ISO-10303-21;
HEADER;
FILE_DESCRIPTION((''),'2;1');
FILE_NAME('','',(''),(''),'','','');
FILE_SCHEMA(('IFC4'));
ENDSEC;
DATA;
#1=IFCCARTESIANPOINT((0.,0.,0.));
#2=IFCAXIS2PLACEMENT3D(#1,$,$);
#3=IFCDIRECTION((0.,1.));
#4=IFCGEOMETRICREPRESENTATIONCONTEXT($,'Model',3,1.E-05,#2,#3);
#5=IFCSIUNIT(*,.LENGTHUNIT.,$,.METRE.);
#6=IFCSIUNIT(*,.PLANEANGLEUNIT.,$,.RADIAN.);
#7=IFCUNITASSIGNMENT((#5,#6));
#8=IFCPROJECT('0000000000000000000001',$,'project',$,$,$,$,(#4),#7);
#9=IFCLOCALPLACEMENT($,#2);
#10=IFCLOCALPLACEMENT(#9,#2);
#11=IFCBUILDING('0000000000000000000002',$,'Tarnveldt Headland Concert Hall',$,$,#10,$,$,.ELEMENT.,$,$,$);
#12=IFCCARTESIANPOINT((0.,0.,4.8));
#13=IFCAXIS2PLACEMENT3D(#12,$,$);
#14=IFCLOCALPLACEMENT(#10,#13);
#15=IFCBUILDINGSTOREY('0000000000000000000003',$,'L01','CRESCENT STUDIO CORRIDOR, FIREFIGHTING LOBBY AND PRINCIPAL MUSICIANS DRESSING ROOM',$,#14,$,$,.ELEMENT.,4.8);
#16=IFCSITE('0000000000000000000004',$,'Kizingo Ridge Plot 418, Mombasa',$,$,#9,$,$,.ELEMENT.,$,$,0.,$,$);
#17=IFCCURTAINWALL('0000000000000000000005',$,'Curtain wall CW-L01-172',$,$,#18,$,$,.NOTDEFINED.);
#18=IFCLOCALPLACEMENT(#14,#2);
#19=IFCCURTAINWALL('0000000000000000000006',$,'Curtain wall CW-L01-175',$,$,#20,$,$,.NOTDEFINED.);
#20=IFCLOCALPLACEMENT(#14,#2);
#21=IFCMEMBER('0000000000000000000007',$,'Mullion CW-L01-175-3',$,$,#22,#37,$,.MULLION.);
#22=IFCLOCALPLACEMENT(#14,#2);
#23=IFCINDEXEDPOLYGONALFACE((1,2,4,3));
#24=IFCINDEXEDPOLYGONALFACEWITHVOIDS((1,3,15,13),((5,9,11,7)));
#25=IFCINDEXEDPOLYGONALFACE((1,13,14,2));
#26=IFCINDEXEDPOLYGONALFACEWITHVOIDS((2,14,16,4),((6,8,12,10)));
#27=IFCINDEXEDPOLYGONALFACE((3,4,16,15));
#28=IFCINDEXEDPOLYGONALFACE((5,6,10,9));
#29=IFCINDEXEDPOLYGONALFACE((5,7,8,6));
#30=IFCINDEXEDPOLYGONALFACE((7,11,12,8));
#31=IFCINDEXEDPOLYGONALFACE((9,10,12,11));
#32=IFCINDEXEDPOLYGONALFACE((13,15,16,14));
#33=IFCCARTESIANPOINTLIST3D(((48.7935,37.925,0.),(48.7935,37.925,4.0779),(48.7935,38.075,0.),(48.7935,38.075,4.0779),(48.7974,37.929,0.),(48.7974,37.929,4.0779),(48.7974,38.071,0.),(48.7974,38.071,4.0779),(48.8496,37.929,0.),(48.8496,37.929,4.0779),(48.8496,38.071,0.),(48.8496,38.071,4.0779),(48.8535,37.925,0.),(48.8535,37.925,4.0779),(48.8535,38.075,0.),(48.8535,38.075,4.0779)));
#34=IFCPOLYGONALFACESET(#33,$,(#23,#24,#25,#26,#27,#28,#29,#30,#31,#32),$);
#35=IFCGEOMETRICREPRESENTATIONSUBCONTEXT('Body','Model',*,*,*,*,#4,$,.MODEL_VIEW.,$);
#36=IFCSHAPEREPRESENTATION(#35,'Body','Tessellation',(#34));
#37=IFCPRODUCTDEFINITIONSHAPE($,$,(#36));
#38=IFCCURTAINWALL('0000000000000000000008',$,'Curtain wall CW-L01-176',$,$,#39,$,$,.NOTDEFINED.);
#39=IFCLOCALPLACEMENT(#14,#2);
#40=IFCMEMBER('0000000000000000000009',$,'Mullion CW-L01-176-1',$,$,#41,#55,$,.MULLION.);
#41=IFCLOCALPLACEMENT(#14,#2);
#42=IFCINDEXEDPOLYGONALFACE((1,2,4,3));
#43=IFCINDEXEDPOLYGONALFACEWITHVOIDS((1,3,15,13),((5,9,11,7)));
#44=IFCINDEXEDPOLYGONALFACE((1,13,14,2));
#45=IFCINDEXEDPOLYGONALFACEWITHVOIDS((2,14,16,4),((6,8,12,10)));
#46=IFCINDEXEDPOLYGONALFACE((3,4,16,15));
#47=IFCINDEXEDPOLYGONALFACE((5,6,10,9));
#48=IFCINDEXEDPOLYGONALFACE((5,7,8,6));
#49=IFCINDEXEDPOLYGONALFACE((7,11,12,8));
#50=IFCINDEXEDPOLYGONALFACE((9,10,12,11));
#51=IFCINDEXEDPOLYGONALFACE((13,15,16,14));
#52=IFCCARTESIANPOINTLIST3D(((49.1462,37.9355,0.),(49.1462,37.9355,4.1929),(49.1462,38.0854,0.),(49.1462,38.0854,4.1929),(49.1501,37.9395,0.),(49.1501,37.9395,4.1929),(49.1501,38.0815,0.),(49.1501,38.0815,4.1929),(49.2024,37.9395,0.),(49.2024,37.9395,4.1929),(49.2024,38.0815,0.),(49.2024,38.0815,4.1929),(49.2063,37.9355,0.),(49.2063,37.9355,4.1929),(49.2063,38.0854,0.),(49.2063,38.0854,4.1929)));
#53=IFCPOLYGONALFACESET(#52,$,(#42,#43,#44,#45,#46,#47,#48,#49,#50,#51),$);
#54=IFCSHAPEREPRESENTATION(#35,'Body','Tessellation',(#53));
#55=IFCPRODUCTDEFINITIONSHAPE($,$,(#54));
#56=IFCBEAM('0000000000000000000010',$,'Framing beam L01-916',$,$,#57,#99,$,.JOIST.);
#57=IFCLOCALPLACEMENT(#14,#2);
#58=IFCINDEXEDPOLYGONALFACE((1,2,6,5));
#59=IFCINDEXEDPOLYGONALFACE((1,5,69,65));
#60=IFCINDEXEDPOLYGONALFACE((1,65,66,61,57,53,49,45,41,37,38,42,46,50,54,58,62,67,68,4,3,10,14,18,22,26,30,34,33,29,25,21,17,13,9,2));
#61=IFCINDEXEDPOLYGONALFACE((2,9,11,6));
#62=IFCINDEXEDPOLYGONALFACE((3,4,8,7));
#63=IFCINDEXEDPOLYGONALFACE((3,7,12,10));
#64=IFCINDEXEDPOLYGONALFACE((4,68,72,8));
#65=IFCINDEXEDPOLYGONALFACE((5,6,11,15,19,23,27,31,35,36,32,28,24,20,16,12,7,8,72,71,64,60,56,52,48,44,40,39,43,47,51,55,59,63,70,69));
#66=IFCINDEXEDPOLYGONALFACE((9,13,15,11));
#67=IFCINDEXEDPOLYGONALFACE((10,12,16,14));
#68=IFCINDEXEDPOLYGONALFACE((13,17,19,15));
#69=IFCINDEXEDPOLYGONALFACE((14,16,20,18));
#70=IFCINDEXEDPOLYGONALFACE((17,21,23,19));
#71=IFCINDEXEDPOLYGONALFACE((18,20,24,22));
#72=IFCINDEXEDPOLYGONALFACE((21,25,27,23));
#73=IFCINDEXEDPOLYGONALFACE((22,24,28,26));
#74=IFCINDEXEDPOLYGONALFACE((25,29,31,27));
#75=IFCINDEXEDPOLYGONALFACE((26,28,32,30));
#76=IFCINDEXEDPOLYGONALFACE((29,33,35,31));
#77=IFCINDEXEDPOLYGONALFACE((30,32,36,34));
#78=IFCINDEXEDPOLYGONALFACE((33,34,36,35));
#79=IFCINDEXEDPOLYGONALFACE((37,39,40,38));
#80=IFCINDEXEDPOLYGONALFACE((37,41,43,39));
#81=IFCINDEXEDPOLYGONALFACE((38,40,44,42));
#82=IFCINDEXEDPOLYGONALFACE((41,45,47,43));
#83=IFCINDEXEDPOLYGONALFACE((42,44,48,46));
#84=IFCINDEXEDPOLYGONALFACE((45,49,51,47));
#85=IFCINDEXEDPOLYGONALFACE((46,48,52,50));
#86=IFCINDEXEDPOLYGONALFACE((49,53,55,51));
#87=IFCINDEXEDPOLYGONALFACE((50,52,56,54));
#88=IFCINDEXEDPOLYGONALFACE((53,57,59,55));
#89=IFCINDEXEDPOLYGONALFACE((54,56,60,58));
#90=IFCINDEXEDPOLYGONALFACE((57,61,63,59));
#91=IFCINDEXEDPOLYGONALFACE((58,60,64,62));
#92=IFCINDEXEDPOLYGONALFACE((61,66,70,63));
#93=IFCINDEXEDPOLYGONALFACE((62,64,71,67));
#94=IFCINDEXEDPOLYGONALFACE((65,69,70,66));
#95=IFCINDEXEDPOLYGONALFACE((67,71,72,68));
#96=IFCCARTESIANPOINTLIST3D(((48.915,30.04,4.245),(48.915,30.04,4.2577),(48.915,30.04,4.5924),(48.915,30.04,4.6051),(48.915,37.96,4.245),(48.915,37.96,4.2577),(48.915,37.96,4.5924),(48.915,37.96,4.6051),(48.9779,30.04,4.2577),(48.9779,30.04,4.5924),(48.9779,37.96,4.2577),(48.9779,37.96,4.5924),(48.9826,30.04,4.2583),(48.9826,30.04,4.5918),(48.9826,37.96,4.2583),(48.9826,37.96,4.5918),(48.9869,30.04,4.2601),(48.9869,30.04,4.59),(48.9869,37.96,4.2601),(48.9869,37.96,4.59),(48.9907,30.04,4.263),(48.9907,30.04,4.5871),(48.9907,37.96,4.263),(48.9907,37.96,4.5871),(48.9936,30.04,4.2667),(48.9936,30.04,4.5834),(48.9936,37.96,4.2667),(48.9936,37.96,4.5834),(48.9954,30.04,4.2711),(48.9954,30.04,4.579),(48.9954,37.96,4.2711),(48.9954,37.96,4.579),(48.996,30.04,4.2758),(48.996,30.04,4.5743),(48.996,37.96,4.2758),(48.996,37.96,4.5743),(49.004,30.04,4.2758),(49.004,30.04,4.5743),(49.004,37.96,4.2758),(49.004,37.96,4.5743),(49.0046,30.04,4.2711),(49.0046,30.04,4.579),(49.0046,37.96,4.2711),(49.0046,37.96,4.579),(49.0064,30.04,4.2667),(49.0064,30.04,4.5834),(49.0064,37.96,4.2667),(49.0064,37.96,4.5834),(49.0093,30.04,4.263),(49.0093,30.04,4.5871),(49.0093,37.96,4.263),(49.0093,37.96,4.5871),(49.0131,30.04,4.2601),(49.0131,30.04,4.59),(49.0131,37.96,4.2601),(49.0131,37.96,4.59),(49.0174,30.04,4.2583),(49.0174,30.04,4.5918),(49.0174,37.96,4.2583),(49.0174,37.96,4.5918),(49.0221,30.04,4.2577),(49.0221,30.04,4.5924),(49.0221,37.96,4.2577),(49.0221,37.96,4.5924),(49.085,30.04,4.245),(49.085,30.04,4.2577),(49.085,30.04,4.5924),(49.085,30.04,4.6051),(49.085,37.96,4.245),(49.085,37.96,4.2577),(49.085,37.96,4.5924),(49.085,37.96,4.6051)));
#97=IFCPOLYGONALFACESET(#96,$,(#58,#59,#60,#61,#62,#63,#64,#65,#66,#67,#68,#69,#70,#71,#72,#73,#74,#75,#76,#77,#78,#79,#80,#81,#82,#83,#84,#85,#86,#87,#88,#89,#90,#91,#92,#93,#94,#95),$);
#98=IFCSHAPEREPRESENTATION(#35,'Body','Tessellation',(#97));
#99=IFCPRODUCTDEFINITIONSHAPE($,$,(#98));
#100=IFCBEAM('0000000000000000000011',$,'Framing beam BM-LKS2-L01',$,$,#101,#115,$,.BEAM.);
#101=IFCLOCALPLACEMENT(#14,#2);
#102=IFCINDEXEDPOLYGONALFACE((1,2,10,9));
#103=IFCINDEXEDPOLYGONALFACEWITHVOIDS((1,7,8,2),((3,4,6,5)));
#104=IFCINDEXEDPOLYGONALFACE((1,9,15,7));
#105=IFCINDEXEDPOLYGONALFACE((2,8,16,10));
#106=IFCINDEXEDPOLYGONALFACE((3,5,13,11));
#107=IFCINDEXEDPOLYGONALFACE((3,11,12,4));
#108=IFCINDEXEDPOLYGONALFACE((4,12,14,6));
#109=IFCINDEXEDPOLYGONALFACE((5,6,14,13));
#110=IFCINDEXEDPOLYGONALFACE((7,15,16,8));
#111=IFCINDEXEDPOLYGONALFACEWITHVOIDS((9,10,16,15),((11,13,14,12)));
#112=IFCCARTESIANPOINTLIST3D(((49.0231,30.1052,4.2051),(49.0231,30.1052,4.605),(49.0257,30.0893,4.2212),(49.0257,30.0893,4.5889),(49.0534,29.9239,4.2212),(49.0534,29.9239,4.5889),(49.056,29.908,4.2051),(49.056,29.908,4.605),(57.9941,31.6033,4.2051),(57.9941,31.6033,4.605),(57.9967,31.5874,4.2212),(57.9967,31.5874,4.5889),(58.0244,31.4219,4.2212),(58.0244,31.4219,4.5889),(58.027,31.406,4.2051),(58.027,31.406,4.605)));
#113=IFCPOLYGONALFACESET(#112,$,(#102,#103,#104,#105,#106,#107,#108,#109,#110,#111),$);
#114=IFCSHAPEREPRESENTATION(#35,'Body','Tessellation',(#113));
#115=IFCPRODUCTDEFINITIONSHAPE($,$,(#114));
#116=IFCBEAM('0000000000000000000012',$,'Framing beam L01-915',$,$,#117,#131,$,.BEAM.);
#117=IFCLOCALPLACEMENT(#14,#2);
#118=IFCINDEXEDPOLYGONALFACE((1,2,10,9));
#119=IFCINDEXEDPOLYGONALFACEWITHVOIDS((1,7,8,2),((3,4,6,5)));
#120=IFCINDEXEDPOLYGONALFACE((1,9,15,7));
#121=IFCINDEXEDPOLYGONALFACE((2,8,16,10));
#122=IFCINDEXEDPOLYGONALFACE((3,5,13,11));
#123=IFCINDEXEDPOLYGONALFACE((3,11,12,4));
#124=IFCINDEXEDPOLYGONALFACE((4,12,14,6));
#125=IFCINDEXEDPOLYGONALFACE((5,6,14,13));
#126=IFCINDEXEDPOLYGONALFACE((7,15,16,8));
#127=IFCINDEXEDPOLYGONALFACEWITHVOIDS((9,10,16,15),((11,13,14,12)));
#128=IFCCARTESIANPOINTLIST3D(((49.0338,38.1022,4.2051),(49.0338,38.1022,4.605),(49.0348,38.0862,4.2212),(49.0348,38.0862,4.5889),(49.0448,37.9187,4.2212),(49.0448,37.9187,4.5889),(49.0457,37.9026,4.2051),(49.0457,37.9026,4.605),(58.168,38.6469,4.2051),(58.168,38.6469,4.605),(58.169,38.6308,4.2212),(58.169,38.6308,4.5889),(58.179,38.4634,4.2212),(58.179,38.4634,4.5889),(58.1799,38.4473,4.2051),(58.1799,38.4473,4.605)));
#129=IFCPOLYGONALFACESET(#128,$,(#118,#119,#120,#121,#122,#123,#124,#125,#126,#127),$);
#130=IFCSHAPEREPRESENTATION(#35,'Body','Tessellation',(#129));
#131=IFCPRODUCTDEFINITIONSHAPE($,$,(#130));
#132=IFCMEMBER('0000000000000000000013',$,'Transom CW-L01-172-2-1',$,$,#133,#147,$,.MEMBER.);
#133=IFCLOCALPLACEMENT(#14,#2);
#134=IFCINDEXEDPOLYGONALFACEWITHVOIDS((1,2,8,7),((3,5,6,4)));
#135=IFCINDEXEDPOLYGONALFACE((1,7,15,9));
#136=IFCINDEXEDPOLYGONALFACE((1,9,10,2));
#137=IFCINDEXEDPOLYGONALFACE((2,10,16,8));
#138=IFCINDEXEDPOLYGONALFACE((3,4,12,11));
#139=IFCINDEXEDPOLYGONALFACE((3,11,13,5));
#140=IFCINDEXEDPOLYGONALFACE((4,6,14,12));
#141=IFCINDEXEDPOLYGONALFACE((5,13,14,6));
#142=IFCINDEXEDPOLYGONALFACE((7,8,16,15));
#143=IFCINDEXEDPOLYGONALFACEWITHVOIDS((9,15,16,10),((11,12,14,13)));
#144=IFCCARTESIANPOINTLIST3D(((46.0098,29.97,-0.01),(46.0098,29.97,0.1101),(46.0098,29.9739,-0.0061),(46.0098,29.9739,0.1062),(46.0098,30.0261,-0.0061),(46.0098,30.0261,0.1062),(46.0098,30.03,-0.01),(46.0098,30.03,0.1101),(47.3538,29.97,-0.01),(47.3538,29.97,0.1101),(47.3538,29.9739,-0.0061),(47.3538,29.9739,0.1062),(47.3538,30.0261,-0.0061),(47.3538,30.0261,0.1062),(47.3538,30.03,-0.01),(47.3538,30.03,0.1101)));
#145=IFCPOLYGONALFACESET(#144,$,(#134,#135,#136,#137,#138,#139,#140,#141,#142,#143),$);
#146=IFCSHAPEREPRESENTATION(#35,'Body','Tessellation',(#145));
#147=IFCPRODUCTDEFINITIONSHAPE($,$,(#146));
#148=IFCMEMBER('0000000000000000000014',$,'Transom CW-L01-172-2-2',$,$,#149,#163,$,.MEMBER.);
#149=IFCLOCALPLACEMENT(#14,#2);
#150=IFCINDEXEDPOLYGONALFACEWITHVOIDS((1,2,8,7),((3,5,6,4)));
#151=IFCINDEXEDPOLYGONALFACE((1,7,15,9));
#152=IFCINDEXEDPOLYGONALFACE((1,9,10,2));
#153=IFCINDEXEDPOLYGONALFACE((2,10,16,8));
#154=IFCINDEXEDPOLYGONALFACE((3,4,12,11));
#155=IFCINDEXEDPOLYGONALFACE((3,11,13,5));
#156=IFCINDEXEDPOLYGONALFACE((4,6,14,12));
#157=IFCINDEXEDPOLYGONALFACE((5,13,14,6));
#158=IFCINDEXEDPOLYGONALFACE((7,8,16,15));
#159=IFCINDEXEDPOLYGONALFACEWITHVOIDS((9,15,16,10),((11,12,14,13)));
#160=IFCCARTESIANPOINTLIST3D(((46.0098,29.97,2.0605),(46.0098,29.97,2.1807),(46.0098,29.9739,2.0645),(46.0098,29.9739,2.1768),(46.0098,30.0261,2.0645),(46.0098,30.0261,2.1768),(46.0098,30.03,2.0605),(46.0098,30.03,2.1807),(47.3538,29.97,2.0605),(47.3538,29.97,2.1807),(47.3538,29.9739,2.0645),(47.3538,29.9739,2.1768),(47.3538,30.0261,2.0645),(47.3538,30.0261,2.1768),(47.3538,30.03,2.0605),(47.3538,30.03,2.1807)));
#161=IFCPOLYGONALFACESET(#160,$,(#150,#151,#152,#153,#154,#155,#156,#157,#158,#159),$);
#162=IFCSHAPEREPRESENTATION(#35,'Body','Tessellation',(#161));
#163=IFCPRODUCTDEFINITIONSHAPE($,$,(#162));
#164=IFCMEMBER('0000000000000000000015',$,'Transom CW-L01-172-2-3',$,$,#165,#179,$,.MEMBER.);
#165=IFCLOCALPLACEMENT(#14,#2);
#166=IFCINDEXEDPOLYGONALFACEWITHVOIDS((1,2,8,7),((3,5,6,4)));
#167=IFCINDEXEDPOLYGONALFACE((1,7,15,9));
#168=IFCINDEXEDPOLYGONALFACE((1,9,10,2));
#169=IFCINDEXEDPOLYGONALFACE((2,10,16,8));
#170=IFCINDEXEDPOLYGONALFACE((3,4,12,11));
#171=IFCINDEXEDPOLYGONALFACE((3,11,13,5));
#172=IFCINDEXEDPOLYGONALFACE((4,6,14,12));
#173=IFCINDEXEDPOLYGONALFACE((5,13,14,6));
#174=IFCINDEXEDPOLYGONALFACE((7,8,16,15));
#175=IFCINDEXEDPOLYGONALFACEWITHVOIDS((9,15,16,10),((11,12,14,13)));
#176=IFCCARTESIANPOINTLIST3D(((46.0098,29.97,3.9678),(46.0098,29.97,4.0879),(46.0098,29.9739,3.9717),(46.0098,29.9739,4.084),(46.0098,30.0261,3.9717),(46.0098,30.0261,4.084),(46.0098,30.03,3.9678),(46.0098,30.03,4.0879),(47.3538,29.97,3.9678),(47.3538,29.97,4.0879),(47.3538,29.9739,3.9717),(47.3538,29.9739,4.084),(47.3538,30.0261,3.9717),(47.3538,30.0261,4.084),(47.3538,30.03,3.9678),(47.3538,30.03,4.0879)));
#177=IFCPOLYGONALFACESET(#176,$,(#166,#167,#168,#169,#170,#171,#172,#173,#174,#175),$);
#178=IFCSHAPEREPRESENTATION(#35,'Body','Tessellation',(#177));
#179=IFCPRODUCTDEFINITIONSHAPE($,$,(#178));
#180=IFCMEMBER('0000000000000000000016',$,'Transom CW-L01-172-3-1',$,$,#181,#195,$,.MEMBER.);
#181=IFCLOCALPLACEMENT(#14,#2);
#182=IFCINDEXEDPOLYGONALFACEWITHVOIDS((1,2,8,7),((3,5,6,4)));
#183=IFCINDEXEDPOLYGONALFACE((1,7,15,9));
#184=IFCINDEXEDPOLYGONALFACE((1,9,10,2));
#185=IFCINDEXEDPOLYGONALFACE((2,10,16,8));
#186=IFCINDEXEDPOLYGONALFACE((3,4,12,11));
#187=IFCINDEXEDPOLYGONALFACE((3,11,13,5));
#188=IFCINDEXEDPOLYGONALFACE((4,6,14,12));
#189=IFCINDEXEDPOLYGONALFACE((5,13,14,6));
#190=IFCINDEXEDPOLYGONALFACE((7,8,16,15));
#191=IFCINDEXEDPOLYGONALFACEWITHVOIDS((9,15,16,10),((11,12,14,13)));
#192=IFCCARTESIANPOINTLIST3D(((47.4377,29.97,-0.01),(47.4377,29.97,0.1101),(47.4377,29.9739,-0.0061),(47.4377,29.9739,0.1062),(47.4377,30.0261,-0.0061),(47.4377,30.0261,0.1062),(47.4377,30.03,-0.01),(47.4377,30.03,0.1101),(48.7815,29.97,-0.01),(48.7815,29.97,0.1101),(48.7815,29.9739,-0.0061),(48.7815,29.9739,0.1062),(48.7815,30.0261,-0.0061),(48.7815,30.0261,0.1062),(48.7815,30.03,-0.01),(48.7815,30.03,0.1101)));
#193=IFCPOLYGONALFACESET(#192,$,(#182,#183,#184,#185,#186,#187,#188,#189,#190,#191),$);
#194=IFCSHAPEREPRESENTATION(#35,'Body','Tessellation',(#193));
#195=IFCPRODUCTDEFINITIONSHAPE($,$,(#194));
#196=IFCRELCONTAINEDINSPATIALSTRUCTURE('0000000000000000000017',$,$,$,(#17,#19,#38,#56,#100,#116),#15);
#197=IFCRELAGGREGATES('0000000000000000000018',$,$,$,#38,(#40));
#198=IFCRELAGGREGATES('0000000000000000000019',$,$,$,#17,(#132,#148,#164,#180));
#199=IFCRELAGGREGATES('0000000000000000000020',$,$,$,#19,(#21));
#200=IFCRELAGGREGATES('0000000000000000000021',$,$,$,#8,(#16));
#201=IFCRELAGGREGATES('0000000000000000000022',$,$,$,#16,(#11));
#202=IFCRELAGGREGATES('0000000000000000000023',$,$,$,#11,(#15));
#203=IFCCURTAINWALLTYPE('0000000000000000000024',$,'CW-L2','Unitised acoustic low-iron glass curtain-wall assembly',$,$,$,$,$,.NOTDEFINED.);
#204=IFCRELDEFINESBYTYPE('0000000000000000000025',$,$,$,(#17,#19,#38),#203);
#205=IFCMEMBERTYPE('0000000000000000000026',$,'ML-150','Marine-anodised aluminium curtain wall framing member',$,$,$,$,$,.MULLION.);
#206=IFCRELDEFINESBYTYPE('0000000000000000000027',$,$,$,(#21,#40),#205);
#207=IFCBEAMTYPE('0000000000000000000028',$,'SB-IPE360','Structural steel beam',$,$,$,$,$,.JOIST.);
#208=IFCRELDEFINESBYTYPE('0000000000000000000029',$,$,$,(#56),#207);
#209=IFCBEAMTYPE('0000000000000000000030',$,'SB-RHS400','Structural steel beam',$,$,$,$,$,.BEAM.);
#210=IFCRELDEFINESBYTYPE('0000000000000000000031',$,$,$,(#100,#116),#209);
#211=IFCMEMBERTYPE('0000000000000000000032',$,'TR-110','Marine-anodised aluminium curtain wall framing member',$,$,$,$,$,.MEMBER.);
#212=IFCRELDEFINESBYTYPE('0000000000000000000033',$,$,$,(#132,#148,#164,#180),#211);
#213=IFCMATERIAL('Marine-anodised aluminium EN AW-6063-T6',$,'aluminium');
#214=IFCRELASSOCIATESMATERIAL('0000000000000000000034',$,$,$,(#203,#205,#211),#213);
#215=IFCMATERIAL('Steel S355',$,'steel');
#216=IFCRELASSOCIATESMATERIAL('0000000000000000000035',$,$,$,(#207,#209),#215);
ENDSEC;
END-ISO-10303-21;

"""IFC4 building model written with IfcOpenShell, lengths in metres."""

from ifc_helpers import new_model, si_unit, direction, frame, origin, origin_2d, place, context, subcontext, project, spatial, hollow_rectangle, i_section, extrude, material, material_profile, profile_set, type_object, element, aggregate, save


model = new_model("IFC4")

# Units and contexts
model_context = context("Model", 3, precision=1e-05, world=origin(), true_north=direction((0.0, 1.0)))
body_context = subcontext(model_context, "Body", "Model", "MODEL_VIEW")
ifc_project = project(units=[si_unit("LENGTHUNIT", "METRE"), si_unit("PLANEANGLEUNIT", "RADIAN")], contexts=[model_context])

# Site, building, storey
site_placement = place(None, origin())
site = spatial("IfcSite", under=ifc_project, at=site_placement, Name="Kizingo Ridge Plot 418, Mombasa", CompositionType="ELEMENT", RefElevation=0.0)
building_placement = place(site_placement, origin())
building = spatial("IfcBuilding", under=site, at=building_placement, Name="Tarnveldt Headland Concert Hall", CompositionType="ELEMENT")
storey_placement = place(building_placement, frame((0.0, 0.0, 4.8)))
storey = spatial("IfcBuildingStorey", under=building, at=storey_placement, Name="L01", Description="CRESCENT STUDIO CORRIDOR, FIREFIGHTING LOBBY AND PRINCIPAL MUSICIANS DRESSING ROOM", CompositionType="ELEMENT", Elevation=4.8)

# Shared definitions
ifc_material_1 = material(Name="Steel S355", Category="steel")

# Curtain wall
ifc_material_2 = material(Name="Marine-anodised aluminium EN AW-6063-T6", Category="aluminium")
curtain_wall_type = type_object("IfcCurtainWallType", Name="CW-L2", Description="Unitised acoustic low-iron glass curtain-wall assembly", PredefinedType="NOTDEFINED", material=ifc_material_2)
curtain_wall_1_placement = place(storey_placement, origin())
curtain_wall_1 = element("IfcCurtainWall", 1, at=curtain_wall_1_placement, inside=storey, type_object=curtain_wall_type, Name="Curtain wall CW-L01-172", PredefinedType="NOTDEFINED")
ifc_material_profile_1 = material_profile(ifc_material_2, hollow_rectangle(XDim=0.0601, YDim=0.1499, WallThickness=0.0039, at=origin_2d()), Name="ALU MULLION 60x150x4", Category="aluminium")
ifc_profile_set_1 = profile_set([ifc_material_profile_1], Name="Marine-anodised aluminium EN AW-6063-T6")
member_type_1 = type_object("IfcMemberType", Name="ML-150", Description="Marine-anodised aluminium curtain wall framing member", PredefinedType="MULLION", material=ifc_profile_set_1)

# Curtain wall, member
curtain_wall_2_placement = place(storey_placement, origin())
curtain_wall_2 = element("IfcCurtainWall", 2, at=curtain_wall_2_placement, inside=storey, type_object=curtain_wall_type, Name="Curtain wall CW-L01-175", PredefinedType="NOTDEFINED")
member_1_placement = place(storey_placement, frame((48.8235, 38.0, 0.0), z_axis=(0.0, 0.0, 1.0), x_axis=(1.0, 0.0, 0.0)))
member_1 = element("IfcMember", 3, at=member_1_placement, type_object=member_type_1, Name="Mullion CW-L01-175-3", PredefinedType="MULLION", context=body_context, shape_type="SweptSolid", body=[
    extrude(hollow_rectangle(XDim=0.0601, YDim=0.1499, WallThickness=0.0039, at=origin_2d()), origin(), (0.0, 0.0, 1.0), 4.0779),
])

# Curtain wall, member
curtain_wall_3_placement = place(storey_placement, origin())
curtain_wall_3 = element("IfcCurtainWall", 4, at=curtain_wall_3_placement, inside=storey, type_object=curtain_wall_type, Name="Curtain wall CW-L01-176", PredefinedType="NOTDEFINED")
member_2_placement = place(storey_placement, frame((49.1763, 38.0105, 0.0), z_axis=(0.0, 0.0, 1.0), x_axis=(1.0, 0.0, 0.0)))
member_2 = element("IfcMember", 5, at=member_2_placement, type_object=member_type_1, Name="Mullion CW-L01-176-1", PredefinedType="MULLION", context=body_context, shape_type="SweptSolid", body=[
    extrude(hollow_rectangle(XDim=0.0601, YDim=0.1499, WallThickness=0.0039, at=origin_2d()), origin(), (0.0, 0.0, 1.0), 4.1929),
])
aggregate(curtain_wall_3, [member_2])

# Beams
ifc_material_profile_2 = material_profile(ifc_material_1, i_section(OverallWidth=0.1699, OverallDepth=0.3601, WebThickness=0.0081, FlangeThickness=0.0127, FilletRadius=0.0181, at=origin_2d()), Name="IPE360", Category="steel")
ifc_profile_set_2 = profile_set([ifc_material_profile_2], Name="Steel S355")
beam_type_1 = type_object("IfcBeamType", Name="SB-IPE360", Description="Structural steel beam", PredefinedType="JOIST", material=ifc_profile_set_2)
beam_1_placement = place(storey_placement, frame((49.0, 30.04, 4.425), z_axis=(0.0, 1.0, 0.0), x_axis=(-1.0, 0.0, 0.0)))
element("IfcBeam", 6, at=beam_1_placement, inside=storey, type_object=beam_type_1, Name="Framing beam L01-916", PredefinedType="JOIST", context=body_context, shape_type="SweptSolid", body=[
    extrude(i_section(OverallWidth=0.1699, OverallDepth=0.3601, WebThickness=0.0081, FlangeThickness=0.0127, FilletRadius=0.0181, at=origin_2d()), origin(), (0.0, 0.0, 1.0), 7.9199),
])
ifc_material_profile_3 = material_profile(ifc_material_1, hollow_rectangle(XDim=0.2, YDim=0.3999, WallThickness=0.0161, at=origin_2d()), Name="RHS 400x200x16", Category="steel")
ifc_profile_set_3 = profile_set([ifc_material_profile_3], Name="Steel S355")
beam_type_2 = type_object("IfcBeamType", Name="SB-RHS400", Description="Structural steel beam", PredefinedType="BEAM", material=ifc_profile_set_3)
beam_2_placement = place(storey_placement, frame((49.0396, 30.0066, 4.405), z_axis=(0.986342, 0.164708, 0.0), x_axis=(-0.164708, 0.986342, 0.0)))
element("IfcBeam", 7, at=beam_2_placement, inside=storey, type_object=beam_type_2, Name="Framing beam BM-LKS2-L01", PredefinedType="BEAM", context=body_context, shape_type="SweptSolid", body=[
    extrude(hollow_rectangle(XDim=0.2, YDim=0.3999, WallThickness=0.0161, at=origin_2d()), origin(), (0.0, 0.0, 1.0), 9.0952),
])
beam_3_placement = place(storey_placement, frame((49.0398, 38.0024, 4.405), z_axis=(0.998227, 0.059524, 0.0), x_axis=(-0.059524, 0.998227, 0.0)))
element("IfcBeam", 8, at=beam_3_placement, inside=storey, type_object=beam_type_2, Name="Framing beam L01-915", PredefinedType="BEAM", context=body_context, shape_type="SweptSolid", body=[
    extrude(hollow_rectangle(XDim=0.2, YDim=0.3999, WallThickness=0.0161, at=origin_2d()), origin(), (0.0, 0.0, 1.0), 9.1504),
])

# Members
ifc_material_profile_4 = material_profile(ifc_material_2, hollow_rectangle(XDim=0.0601, YDim=0.1201, WallThickness=0.0039, at=origin_2d()), Name="ALU TRANSOM 60x120x4", Category="aluminium")
ifc_profile_set_4 = profile_set([ifc_material_profile_4], Name="Marine-anodised aluminium EN AW-6063-T6")
member_type_2 = type_object("IfcMemberType", Name="TR-110", Description="Marine-anodised aluminium curtain wall framing member", PredefinedType="MEMBER", material=ifc_profile_set_4)
member_3_placement = place(storey_placement, frame((46.0098, 30.0, 0.05), z_axis=(1.0, 0.0, 0.0), x_axis=(0.0, 1.0, 0.0)))
member_3 = element("IfcMember", 9, at=member_3_placement, type_object=member_type_2, Name="Transom CW-L01-172-2-1", PredefinedType="MEMBER", context=body_context, shape_type="SweptSolid", body=[
    extrude(hollow_rectangle(XDim=0.0601, YDim=0.1201, WallThickness=0.0039, at=origin_2d()), origin(), (0.0, 0.0, 1.0), 1.344),
])
member_4_placement = place(storey_placement, frame((46.0098, 30.0, 2.1206), z_axis=(1.0, 0.0, 0.0), x_axis=(0.0, 1.0, 0.0)))
member_4 = element("IfcMember", 10, at=member_4_placement, type_object=member_type_2, Name="Transom CW-L01-172-2-2", PredefinedType="MEMBER", context=body_context, shape_type="SweptSolid", body=[
    extrude(hollow_rectangle(XDim=0.0601, YDim=0.1201, WallThickness=0.0039, at=origin_2d()), origin(), (0.0, 0.0, 1.0), 1.344),
])
member_5_placement = place(storey_placement, frame((46.0098, 30.0, 4.0278), z_axis=(1.0, 0.0, 0.0), x_axis=(0.0, 1.0, 0.0)))
member_5 = element("IfcMember", 11, at=member_5_placement, type_object=member_type_2, Name="Transom CW-L01-172-2-3", PredefinedType="MEMBER", context=body_context, shape_type="SweptSolid", body=[
    extrude(hollow_rectangle(XDim=0.0601, YDim=0.1201, WallThickness=0.0039, at=origin_2d()), origin(), (0.0, 0.0, 1.0), 1.344),
])
member_6_placement = place(storey_placement, frame((47.4377, 30.0, 0.05), z_axis=(1.0, 0.0, 0.0), x_axis=(0.0, 1.0, 0.0)))
member_6 = element("IfcMember", 12, at=member_6_placement, type_object=member_type_2, Name="Transom CW-L01-172-3-1", PredefinedType="MEMBER", context=body_context, shape_type="SweptSolid", body=[
    extrude(hollow_rectangle(XDim=0.0601, YDim=0.1201, WallThickness=0.0039, at=origin_2d()), origin(), (0.0, 0.0, 1.0), 1.3438),
])

aggregate(curtain_wall_1, [member_3, member_4, member_5, member_6])
aggregate(curtain_wall_2, [member_1])

save(model, "model.ifc")
